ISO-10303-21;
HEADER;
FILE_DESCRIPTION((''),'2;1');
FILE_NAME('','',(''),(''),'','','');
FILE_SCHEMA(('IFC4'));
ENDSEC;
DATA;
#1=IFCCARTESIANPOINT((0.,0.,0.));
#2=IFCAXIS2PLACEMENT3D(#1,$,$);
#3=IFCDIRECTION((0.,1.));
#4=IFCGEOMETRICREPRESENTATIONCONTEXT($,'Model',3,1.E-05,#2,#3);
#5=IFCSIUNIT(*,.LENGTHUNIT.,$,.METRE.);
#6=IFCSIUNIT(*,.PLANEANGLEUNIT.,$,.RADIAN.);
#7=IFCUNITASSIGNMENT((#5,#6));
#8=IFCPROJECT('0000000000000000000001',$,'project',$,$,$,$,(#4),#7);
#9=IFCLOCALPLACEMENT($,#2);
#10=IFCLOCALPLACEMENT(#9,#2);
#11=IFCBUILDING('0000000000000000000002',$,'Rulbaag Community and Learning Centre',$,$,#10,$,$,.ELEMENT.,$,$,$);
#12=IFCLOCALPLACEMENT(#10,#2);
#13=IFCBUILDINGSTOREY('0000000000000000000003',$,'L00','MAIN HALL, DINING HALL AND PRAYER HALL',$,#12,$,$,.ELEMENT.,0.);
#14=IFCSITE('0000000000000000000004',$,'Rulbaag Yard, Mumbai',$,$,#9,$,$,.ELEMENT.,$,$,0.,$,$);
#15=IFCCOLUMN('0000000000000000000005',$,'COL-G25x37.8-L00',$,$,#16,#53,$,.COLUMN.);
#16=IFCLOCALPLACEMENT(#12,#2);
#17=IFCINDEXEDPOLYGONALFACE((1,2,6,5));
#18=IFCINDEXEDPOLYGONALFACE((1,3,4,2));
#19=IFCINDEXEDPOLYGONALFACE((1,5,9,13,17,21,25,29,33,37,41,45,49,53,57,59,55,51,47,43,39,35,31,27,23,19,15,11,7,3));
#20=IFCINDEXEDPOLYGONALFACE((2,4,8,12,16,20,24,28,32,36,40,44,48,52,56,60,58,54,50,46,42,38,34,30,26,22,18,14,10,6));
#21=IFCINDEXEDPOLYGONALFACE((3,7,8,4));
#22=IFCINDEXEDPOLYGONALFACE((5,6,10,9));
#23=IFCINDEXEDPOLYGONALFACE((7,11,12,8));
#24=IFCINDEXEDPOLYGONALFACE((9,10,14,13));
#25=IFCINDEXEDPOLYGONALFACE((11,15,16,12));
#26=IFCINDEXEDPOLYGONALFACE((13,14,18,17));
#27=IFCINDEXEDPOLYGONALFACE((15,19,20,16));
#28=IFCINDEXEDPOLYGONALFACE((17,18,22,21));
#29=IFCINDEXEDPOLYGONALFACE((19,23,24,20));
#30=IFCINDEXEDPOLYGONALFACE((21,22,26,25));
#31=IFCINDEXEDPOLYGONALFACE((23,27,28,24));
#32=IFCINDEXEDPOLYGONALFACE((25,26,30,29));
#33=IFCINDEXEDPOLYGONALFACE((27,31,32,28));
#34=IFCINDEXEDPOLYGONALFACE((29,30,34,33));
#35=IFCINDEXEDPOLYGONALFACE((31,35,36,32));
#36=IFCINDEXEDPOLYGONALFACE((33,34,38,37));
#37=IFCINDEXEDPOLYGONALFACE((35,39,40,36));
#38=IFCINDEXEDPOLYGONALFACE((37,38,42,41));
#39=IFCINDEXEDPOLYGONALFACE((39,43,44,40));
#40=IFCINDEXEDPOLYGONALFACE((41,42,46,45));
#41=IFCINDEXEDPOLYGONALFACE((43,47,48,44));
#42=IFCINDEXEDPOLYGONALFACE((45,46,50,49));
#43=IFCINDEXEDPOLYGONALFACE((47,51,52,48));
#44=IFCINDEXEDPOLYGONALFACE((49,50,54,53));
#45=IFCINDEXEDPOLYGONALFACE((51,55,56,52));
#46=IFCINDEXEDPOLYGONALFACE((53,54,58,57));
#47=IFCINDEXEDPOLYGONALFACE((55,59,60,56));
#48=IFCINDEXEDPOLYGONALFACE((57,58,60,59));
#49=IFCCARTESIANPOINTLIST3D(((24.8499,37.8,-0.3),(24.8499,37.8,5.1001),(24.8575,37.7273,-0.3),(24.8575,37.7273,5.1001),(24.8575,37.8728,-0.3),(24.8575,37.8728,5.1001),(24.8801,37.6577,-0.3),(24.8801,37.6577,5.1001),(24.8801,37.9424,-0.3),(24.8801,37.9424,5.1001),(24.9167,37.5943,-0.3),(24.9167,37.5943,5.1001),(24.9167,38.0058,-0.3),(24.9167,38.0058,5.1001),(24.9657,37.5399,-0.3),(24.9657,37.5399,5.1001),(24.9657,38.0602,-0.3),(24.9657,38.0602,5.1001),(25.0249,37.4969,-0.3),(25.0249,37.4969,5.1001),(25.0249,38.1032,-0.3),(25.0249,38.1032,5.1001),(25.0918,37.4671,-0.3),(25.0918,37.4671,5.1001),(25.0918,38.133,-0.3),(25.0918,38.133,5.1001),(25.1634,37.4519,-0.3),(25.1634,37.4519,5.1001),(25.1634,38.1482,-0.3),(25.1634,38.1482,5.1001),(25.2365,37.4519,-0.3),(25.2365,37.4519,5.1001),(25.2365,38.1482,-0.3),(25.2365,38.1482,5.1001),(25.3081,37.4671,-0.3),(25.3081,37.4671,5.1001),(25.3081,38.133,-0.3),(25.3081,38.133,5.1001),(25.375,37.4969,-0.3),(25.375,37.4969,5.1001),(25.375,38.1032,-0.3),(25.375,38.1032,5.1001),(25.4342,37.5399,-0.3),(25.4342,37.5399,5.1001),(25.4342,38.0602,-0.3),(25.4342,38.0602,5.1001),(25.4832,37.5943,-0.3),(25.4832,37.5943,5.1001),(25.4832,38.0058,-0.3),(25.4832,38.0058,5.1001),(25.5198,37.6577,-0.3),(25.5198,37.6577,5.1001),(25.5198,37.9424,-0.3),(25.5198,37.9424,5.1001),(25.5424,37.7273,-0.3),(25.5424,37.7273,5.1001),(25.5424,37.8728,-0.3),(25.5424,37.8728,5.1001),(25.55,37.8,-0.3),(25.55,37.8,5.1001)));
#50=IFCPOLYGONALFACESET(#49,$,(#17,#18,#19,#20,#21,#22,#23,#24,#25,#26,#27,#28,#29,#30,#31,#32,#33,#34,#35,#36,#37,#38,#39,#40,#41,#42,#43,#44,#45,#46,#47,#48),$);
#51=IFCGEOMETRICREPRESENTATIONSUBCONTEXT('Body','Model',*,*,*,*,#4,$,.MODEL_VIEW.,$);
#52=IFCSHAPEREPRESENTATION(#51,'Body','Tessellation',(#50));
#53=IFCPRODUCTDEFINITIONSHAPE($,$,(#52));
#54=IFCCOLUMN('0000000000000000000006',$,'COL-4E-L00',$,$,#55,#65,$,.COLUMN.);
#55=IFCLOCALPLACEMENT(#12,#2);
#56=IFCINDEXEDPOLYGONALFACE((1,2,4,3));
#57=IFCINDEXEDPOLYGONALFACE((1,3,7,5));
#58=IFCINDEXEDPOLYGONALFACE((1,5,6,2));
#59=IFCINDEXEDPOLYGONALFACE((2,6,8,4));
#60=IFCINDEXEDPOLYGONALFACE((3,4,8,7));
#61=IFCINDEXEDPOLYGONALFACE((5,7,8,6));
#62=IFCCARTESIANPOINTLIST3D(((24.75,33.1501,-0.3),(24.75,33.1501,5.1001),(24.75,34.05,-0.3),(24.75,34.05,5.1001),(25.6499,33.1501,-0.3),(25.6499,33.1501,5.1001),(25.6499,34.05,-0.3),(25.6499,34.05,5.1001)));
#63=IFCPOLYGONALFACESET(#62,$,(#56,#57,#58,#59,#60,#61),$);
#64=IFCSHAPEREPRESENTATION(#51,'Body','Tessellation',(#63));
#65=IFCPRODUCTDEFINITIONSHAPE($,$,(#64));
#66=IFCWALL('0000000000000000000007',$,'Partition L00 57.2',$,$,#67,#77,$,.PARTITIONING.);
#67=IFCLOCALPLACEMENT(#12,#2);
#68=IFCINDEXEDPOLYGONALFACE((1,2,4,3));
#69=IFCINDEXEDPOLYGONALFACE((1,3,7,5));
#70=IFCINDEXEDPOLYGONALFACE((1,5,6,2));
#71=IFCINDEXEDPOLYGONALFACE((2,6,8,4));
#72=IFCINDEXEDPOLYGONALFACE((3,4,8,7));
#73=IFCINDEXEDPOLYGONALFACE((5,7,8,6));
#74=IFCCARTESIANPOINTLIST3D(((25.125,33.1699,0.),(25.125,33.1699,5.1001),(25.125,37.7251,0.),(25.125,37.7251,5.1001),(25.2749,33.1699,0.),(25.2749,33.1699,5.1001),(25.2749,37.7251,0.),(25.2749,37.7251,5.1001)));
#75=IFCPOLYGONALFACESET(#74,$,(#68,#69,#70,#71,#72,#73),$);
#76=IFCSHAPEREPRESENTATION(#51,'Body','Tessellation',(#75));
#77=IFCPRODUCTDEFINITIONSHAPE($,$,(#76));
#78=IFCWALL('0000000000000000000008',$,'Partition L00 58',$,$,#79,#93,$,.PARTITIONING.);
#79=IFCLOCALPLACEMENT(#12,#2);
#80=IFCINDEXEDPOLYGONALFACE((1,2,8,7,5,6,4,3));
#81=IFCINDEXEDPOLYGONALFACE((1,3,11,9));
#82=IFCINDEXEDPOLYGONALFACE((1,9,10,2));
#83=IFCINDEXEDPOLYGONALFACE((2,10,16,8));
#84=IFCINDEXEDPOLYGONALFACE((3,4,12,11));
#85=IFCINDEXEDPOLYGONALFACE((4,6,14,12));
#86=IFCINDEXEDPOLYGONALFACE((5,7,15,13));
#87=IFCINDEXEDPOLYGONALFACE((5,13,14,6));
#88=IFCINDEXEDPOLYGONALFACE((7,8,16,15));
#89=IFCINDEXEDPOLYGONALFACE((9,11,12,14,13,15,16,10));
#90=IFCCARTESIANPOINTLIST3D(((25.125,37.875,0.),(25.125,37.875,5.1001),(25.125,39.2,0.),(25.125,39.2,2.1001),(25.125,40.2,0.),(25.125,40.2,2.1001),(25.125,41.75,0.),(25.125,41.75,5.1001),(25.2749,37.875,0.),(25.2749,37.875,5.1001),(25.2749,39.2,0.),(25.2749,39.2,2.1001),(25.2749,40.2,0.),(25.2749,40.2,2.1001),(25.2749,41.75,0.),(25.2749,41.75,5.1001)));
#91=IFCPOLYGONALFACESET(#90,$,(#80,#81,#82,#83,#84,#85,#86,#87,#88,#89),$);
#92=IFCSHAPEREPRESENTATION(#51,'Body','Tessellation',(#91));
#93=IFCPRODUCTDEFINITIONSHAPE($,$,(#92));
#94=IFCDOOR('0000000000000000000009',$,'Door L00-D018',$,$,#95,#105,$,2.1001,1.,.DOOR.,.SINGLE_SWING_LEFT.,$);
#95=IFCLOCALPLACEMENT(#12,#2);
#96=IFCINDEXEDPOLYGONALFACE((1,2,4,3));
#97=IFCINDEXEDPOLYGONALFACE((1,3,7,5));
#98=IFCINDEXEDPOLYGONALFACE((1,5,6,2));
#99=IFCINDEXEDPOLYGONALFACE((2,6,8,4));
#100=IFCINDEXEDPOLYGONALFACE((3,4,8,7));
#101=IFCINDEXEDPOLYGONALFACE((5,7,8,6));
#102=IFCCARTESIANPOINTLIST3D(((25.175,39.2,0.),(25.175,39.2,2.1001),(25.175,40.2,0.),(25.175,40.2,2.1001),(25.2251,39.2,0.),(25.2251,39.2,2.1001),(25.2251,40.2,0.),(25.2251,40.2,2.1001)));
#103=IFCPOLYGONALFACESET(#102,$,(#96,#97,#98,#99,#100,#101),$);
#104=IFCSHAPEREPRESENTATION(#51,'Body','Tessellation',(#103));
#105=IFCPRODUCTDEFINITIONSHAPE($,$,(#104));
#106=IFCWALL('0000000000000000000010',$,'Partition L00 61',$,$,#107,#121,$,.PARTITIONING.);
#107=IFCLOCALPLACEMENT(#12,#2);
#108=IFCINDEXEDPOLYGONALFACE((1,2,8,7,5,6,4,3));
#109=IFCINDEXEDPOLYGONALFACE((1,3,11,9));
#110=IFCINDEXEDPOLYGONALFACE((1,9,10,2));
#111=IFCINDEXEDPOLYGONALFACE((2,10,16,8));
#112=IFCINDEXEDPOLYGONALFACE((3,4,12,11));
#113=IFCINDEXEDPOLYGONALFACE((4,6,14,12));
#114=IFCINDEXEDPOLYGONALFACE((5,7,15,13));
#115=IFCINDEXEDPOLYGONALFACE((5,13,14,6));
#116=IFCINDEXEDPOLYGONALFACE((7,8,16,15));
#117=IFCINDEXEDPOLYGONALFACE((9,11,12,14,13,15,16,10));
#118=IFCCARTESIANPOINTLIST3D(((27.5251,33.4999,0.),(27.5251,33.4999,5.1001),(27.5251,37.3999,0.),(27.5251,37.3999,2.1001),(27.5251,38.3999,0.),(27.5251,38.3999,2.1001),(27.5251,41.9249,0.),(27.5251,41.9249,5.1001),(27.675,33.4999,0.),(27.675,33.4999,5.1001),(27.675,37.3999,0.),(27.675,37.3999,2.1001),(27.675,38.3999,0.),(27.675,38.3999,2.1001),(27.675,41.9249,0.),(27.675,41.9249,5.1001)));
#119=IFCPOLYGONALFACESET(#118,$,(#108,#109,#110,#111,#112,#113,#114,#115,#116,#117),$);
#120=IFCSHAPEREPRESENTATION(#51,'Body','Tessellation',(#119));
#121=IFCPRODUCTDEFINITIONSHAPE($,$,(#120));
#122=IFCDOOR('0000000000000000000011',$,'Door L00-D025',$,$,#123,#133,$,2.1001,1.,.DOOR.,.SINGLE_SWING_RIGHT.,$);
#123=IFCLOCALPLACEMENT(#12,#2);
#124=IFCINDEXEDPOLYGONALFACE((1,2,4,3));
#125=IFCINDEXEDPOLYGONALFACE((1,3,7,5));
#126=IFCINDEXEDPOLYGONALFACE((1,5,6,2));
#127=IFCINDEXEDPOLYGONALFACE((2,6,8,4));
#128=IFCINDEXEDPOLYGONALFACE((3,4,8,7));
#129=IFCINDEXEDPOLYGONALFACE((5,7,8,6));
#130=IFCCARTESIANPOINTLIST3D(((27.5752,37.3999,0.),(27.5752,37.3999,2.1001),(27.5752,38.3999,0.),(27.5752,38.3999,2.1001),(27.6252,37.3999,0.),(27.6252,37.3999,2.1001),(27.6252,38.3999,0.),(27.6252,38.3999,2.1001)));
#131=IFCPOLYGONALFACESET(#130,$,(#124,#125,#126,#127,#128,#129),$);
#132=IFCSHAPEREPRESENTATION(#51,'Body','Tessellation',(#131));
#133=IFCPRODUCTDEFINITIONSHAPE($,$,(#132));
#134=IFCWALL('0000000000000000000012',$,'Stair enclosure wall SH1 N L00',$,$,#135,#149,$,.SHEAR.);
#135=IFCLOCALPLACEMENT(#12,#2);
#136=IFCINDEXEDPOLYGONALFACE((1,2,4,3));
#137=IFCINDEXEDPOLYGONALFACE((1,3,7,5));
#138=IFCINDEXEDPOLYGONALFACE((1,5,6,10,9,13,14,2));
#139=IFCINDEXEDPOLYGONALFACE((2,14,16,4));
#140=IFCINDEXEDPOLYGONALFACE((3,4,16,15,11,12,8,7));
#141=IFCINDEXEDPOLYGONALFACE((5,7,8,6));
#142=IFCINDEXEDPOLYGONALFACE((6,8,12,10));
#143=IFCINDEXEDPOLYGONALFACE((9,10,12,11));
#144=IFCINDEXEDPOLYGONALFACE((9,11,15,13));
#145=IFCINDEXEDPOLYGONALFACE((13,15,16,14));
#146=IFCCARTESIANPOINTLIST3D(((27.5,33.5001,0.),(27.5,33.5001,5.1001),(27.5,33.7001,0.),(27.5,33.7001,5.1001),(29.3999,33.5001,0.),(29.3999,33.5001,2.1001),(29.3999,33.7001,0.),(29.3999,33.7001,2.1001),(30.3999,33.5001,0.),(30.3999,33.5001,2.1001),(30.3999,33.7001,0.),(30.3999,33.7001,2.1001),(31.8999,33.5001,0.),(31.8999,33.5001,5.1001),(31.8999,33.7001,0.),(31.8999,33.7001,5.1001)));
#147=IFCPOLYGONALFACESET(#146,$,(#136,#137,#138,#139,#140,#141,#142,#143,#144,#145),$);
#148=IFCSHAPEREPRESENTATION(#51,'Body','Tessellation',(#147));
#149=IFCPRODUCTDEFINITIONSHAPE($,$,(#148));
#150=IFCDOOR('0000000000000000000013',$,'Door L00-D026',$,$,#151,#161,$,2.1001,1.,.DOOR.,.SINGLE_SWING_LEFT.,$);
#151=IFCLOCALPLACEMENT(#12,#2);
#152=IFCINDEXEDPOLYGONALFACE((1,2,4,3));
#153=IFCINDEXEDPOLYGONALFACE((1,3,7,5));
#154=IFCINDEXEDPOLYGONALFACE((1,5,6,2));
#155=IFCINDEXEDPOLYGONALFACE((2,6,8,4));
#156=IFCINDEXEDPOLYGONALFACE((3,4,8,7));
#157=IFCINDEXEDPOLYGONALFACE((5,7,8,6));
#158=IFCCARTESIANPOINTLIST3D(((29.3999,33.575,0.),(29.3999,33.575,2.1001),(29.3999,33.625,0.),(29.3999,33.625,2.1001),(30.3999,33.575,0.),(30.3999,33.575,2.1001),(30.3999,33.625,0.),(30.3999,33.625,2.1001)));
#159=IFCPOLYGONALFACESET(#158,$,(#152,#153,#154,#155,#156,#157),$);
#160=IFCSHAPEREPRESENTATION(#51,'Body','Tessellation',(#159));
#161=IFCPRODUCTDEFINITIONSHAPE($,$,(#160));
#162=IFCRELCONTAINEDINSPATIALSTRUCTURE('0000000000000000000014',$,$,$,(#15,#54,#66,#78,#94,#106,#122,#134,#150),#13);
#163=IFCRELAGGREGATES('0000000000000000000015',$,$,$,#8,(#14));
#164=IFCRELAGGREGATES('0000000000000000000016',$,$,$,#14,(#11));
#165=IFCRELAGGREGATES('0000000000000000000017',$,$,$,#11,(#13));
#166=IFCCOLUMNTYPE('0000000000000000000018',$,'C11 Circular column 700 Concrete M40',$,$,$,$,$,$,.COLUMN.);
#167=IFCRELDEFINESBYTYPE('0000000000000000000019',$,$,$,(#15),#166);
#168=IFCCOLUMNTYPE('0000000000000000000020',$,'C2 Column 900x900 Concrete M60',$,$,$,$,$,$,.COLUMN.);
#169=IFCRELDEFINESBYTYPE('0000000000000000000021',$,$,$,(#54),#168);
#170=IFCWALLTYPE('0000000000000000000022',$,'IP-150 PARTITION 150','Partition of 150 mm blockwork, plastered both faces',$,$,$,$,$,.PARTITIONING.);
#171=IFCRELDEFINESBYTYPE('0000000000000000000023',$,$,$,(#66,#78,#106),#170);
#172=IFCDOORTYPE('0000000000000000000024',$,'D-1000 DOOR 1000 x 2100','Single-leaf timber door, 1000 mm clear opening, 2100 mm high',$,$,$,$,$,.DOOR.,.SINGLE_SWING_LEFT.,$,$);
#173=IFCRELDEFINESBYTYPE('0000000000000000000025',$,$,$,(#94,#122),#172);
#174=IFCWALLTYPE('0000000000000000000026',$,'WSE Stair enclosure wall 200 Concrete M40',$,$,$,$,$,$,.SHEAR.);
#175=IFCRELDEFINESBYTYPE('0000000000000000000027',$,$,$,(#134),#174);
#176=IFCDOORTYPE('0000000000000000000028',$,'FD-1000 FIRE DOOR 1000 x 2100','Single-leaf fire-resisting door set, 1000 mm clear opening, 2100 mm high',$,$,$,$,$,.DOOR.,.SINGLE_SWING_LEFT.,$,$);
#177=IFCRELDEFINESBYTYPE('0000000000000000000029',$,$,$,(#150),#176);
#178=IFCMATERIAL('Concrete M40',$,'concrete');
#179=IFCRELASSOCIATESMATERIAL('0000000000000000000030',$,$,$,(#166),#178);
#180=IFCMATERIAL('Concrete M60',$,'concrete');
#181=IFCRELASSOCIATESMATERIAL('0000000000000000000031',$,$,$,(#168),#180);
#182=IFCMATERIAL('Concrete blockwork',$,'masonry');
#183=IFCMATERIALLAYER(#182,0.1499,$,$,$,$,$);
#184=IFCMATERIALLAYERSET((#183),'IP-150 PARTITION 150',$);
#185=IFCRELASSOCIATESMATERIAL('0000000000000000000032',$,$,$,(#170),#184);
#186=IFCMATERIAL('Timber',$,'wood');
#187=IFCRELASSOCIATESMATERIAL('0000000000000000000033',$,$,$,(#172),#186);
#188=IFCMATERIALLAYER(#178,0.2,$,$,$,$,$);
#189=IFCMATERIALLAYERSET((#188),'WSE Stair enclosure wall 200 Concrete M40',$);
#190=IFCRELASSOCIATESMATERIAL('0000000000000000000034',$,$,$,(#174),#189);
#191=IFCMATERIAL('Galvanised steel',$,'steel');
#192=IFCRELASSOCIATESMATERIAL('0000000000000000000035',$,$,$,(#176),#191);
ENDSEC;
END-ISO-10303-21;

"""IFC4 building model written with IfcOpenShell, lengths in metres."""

from ifc_helpers import new_model, si_unit, direction, frame, frame_2d, origin, origin_2d, place, context, subcontext, project, spatial, rectangle, circle, extrude, material, layer, layer_set, material_profile, profile_set, type_object, element, fill, save


model = new_model("IFC4")

# Units and contexts
model_context = context("Model", 3, precision=1e-05, world=origin(), true_north=direction((0.0, 1.0)))
body_context = subcontext(model_context, "Body", "Model", "MODEL_VIEW")
ifc_project = project(units=[si_unit("LENGTHUNIT", "METRE"), si_unit("PLANEANGLEUNIT", "RADIAN")], contexts=[model_context])

# Site, building, storey
site_placement = place(None, origin())
site = spatial("IfcSite", under=ifc_project, at=site_placement, Name="Rulbaag Yard, Mumbai", CompositionType="ELEMENT", RefElevation=0.0)
building_placement = place(site_placement, origin())
building = spatial("IfcBuilding", under=site, at=building_placement, Name="Rulbaag Community and Learning Centre", CompositionType="ELEMENT")
storey_placement = place(building_placement, origin())
storey = spatial("IfcBuildingStorey", under=building, at=storey_placement, Name="L00", Description="MAIN HALL, DINING HALL AND PRAYER HALL", CompositionType="ELEMENT", Elevation=0.0)

# Columns
ifc_material_1 = material(Name="Concrete M40", Category="concrete")
ifc_material_profile_1 = material_profile(ifc_material_1, circle(Radius=0.3501, at=origin_2d()), Name="RD700")
ifc_profile_set_1 = profile_set([ifc_material_profile_1], Name="Concrete M40")
column_type_1 = type_object("IfcColumnType", Name="C11 Circular column 700 Concrete M40", PredefinedType="COLUMN", material=ifc_profile_set_1)
for number, where, z_axis, x_axis, name in (
    (1, (25.2, 37.8, -0.3), (0.0, 0.0, 1.0), (1.0, 0.0, 0.0), "COL-G25x37.8-L00"),
):
    element("IfcColumn", number, at=place(storey_placement, frame(where, z_axis=z_axis, x_axis=x_axis)), inside=storey, type_object=column_type_1, Name=name, PredefinedType="COLUMN", context=body_context, shape_type="SweptSolid", body=[
        extrude(circle(Radius=0.3501, at=origin_2d()), origin(), (0.0, 0.0, 1.0), 5.4001),
    ])
ifc_material_2 = material(Name="Concrete M60", Category="concrete")
ifc_material_profile_2 = material_profile(ifc_material_2, rectangle(XDim=0.8999, YDim=0.8999, at=origin_2d()), Name="RC900x900")
ifc_profile_set_2 = profile_set([ifc_material_profile_2], Name="Concrete M60")
column_type_2 = type_object("IfcColumnType", Name="C2 Column 900x900 Concrete M60", PredefinedType="COLUMN", material=ifc_profile_set_2)
column_placement = place(storey_placement, frame((25.2, 33.6001, -0.3), z_axis=(0.0, 0.0, 1.0), x_axis=(1.0, 0.0, 0.0)))
element("IfcColumn", 2, at=column_placement, inside=storey, type_object=column_type_2, Name="COL-4E-L00", PredefinedType="COLUMN", context=body_context, shape_type="SweptSolid", body=[
    extrude(rectangle(XDim=0.8999, YDim=0.8999, at=origin_2d()), origin(), (0.0, 0.0, 1.0), 5.4001),
])

# Wall
ifc_material_3 = material(Name="Concrete blockwork", Category="masonry")
ifc_layer_1 = layer(ifc_material_3, 0.1499)
ifc_layer_set_1 = layer_set([ifc_layer_1], Name="IP-150 PARTITION 150")
wall_type_1 = type_object("IfcWallType", Name="IP-150 PARTITION 150", Description="Partition of 150 mm blockwork, plastered both faces", PredefinedType="PARTITIONING", material=ifc_layer_set_1)
wall_1_placement = place(storey_placement, frame((25.2, 33.1699, 0.0), z_axis=(0.0, 0.0, 1.0), x_axis=(0.0, 1.0, 0.0)))
element("IfcWall", 3, at=wall_1_placement, inside=storey, type_object=wall_type_1, Name="Partition L00 57.2", PredefinedType="PARTITIONING", context=body_context, shape_type="SweptSolid", body=[
    extrude(rectangle(XDim=4.5552, YDim=0.1499, at=frame_2d((2.2776, 0.0))), origin(), (0.0, 0.0, 1.0), 5.1001),
])

# Walls, openings, doors
wall_2_placement = place(storey_placement, frame((25.2, 37.875, 0.0), z_axis=(0.0, 0.0, 1.0), x_axis=(0.0, 1.0, 0.0)))
wall_2 = element("IfcWall", 4, at=wall_2_placement, inside=storey, type_object=wall_type_1, Name="Partition L00 58", PredefinedType="PARTITIONING", context=body_context, shape_type="SweptSolid", body=[
    extrude(rectangle(XDim=3.875, YDim=0.1499, at=frame_2d((1.9375, 0.0))), origin(), (0.0, 0.0, 1.0), 5.1001),
])
opening_1_placement = place(wall_2_placement, frame((1.325, 0.0, 0.0)))
opening_1 = element("IfcOpeningElement", 5, at=opening_1_placement, cuts=wall_2, PredefinedType="OPENING", context=body_context, shape_type="SweptSolid", body=[
    extrude(rectangle(XDim=1.0, YDim=2.1001, at=frame_2d((0.5, 1.05))), frame((0.0, 0.085, 0.0), z_axis=(0.0, -1.0, 0.0), x_axis=(1.0, 0.0, 0.0)), (0.0, 0.0, 1.0), 0.1699),
])
ifc_material_4 = material(Name="Timber", Category="wood")
door_type_1 = type_object("IfcDoorType", Name="D-1000 DOOR 1000 x 2100", Description="Single-leaf timber door, 1000 mm clear opening, 2100 mm high", OperationType="SINGLE_SWING_LEFT", PredefinedType="DOOR", material=ifc_material_4)
door_1_placement = place(opening_1_placement, origin())
door_1 = element("IfcDoor", 6, at=door_1_placement, inside=storey, type_object=door_type_1, Name="Door L00-D018", OperationType="SINGLE_SWING_LEFT", OverallHeight=2.1001, OverallWidth=1.0, PredefinedType="DOOR", context=body_context, shape_type="SweptSolid", body=[
    extrude(rectangle(XDim=1.0, YDim=2.1001, at=frame_2d((0.5, 1.05))), frame((0.0, 0.0249, 0.0), z_axis=(0.0, -1.0, 0.0), x_axis=(1.0, 0.0, 0.0)), (0.0, 0.0, 1.0), 0.05),
])
fill(opening_1, door_1)
wall_3_placement = place(storey_placement, frame((27.6001, 33.5, 0.0), z_axis=(0.0, 0.0, 1.0), x_axis=(0.0, 1.0, 0.0)))
wall_3 = element("IfcWall", 7, at=wall_3_placement, inside=storey, type_object=wall_type_1, Name="Partition L00 61", PredefinedType="PARTITIONING", context=body_context, shape_type="SweptSolid", body=[
    extrude(rectangle(XDim=8.425, YDim=0.1499, at=frame_2d((4.2124, 0.0))), origin(), (0.0, 0.0, 1.0), 5.1001),
])
opening_2_placement = place(wall_3_placement, frame((3.8999, 0.0, 0.0)))
opening_2 = element("IfcOpeningElement", 8, at=opening_2_placement, cuts=wall_3, PredefinedType="OPENING", context=body_context, shape_type="SweptSolid", body=[
    extrude(rectangle(XDim=1.0, YDim=2.1001, at=frame_2d((0.5, 1.05))), frame((0.0, 0.085, 0.0), z_axis=(0.0, -1.0, 0.0), x_axis=(1.0, 0.0, 0.0)), (0.0, 0.0, 1.0), 0.1699),
])
door_2_placement = place(opening_2_placement, origin())
door_2 = element("IfcDoor", 9, at=door_2_placement, inside=storey, type_object=door_type_1, Name="Door L00-D025", OperationType="SINGLE_SWING_RIGHT", OverallHeight=2.1001, OverallWidth=1.0, PredefinedType="DOOR", context=body_context, shape_type="SweptSolid", body=[
    extrude(rectangle(XDim=1.0, YDim=2.1001, at=frame_2d((0.5, 1.05))), frame((0.0, 0.0249, 0.0), z_axis=(0.0, -1.0, 0.0), x_axis=(1.0, 0.0, 0.0)), (0.0, 0.0, 1.0), 0.05),
])
fill(opening_2, door_2)
ifc_layer_2 = layer(ifc_material_1, 0.2)
ifc_layer_set_2 = layer_set([ifc_layer_2], Name="WSE Stair enclosure wall 200 Concrete M40")
wall_type_2 = type_object("IfcWallType", Name="WSE Stair enclosure wall 200 Concrete M40", PredefinedType="SHEAR", material=ifc_layer_set_2)
wall_4_placement = place(storey_placement, frame((27.5, 33.6001, 0.0), z_axis=(0.0, 0.0, 1.0), x_axis=(1.0, 0.0, 0.0)))
wall_4 = element("IfcWall", 10, at=wall_4_placement, inside=storey, type_object=wall_type_2, Name="Stair enclosure wall SH1 N L00", PredefinedType="SHEAR", context=body_context, shape_type="SweptSolid", body=[
    extrude(rectangle(XDim=4.3999, YDim=0.2, at=frame_2d((2.2, 0.0))), origin(), (0.0, 0.0, 1.0), 5.1001),
])
opening_3_placement = place(wall_4_placement, frame((1.8999, 0.0, 0.0)))
opening_3 = element("IfcOpeningElement", 11, at=opening_3_placement, cuts=wall_4, PredefinedType="OPENING", context=body_context, shape_type="SweptSolid", body=[
    extrude(rectangle(XDim=1.0, YDim=2.1001, at=frame_2d((0.5, 1.05))), frame((0.0, 0.1099, 0.0), z_axis=(0.0, -1.0, 0.0), x_axis=(1.0, 0.0, 0.0)), (0.0, 0.0, 1.0), 0.22),
])
ifc_material_5 = material(Name="Galvanised steel", Category="steel")
door_type_2 = type_object("IfcDoorType", Name="FD-1000 FIRE DOOR 1000 x 2100", Description="Single-leaf fire-resisting door set, 1000 mm clear opening, 2100 mm high", OperationType="SINGLE_SWING_LEFT", PredefinedType="DOOR", material=ifc_material_5)
door_3_placement = place(opening_3_placement, origin())
door_3 = element("IfcDoor", 12, at=door_3_placement, inside=storey, type_object=door_type_2, Name="Door L00-D026", OperationType="SINGLE_SWING_LEFT", OverallHeight=2.1001, OverallWidth=1.0, PredefinedType="DOOR", context=body_context, shape_type="SweptSolid", body=[
    extrude(rectangle(XDim=1.0, YDim=2.1001, at=frame_2d((0.5, 1.05))), frame((0.0, 0.0249, 0.0), z_axis=(0.0, -1.0, 0.0), x_axis=(1.0, 0.0, 0.0)), (0.0, 0.0, 1.0), 0.05),
])
fill(opening_3, door_3)

save(model, "model.ifc")
